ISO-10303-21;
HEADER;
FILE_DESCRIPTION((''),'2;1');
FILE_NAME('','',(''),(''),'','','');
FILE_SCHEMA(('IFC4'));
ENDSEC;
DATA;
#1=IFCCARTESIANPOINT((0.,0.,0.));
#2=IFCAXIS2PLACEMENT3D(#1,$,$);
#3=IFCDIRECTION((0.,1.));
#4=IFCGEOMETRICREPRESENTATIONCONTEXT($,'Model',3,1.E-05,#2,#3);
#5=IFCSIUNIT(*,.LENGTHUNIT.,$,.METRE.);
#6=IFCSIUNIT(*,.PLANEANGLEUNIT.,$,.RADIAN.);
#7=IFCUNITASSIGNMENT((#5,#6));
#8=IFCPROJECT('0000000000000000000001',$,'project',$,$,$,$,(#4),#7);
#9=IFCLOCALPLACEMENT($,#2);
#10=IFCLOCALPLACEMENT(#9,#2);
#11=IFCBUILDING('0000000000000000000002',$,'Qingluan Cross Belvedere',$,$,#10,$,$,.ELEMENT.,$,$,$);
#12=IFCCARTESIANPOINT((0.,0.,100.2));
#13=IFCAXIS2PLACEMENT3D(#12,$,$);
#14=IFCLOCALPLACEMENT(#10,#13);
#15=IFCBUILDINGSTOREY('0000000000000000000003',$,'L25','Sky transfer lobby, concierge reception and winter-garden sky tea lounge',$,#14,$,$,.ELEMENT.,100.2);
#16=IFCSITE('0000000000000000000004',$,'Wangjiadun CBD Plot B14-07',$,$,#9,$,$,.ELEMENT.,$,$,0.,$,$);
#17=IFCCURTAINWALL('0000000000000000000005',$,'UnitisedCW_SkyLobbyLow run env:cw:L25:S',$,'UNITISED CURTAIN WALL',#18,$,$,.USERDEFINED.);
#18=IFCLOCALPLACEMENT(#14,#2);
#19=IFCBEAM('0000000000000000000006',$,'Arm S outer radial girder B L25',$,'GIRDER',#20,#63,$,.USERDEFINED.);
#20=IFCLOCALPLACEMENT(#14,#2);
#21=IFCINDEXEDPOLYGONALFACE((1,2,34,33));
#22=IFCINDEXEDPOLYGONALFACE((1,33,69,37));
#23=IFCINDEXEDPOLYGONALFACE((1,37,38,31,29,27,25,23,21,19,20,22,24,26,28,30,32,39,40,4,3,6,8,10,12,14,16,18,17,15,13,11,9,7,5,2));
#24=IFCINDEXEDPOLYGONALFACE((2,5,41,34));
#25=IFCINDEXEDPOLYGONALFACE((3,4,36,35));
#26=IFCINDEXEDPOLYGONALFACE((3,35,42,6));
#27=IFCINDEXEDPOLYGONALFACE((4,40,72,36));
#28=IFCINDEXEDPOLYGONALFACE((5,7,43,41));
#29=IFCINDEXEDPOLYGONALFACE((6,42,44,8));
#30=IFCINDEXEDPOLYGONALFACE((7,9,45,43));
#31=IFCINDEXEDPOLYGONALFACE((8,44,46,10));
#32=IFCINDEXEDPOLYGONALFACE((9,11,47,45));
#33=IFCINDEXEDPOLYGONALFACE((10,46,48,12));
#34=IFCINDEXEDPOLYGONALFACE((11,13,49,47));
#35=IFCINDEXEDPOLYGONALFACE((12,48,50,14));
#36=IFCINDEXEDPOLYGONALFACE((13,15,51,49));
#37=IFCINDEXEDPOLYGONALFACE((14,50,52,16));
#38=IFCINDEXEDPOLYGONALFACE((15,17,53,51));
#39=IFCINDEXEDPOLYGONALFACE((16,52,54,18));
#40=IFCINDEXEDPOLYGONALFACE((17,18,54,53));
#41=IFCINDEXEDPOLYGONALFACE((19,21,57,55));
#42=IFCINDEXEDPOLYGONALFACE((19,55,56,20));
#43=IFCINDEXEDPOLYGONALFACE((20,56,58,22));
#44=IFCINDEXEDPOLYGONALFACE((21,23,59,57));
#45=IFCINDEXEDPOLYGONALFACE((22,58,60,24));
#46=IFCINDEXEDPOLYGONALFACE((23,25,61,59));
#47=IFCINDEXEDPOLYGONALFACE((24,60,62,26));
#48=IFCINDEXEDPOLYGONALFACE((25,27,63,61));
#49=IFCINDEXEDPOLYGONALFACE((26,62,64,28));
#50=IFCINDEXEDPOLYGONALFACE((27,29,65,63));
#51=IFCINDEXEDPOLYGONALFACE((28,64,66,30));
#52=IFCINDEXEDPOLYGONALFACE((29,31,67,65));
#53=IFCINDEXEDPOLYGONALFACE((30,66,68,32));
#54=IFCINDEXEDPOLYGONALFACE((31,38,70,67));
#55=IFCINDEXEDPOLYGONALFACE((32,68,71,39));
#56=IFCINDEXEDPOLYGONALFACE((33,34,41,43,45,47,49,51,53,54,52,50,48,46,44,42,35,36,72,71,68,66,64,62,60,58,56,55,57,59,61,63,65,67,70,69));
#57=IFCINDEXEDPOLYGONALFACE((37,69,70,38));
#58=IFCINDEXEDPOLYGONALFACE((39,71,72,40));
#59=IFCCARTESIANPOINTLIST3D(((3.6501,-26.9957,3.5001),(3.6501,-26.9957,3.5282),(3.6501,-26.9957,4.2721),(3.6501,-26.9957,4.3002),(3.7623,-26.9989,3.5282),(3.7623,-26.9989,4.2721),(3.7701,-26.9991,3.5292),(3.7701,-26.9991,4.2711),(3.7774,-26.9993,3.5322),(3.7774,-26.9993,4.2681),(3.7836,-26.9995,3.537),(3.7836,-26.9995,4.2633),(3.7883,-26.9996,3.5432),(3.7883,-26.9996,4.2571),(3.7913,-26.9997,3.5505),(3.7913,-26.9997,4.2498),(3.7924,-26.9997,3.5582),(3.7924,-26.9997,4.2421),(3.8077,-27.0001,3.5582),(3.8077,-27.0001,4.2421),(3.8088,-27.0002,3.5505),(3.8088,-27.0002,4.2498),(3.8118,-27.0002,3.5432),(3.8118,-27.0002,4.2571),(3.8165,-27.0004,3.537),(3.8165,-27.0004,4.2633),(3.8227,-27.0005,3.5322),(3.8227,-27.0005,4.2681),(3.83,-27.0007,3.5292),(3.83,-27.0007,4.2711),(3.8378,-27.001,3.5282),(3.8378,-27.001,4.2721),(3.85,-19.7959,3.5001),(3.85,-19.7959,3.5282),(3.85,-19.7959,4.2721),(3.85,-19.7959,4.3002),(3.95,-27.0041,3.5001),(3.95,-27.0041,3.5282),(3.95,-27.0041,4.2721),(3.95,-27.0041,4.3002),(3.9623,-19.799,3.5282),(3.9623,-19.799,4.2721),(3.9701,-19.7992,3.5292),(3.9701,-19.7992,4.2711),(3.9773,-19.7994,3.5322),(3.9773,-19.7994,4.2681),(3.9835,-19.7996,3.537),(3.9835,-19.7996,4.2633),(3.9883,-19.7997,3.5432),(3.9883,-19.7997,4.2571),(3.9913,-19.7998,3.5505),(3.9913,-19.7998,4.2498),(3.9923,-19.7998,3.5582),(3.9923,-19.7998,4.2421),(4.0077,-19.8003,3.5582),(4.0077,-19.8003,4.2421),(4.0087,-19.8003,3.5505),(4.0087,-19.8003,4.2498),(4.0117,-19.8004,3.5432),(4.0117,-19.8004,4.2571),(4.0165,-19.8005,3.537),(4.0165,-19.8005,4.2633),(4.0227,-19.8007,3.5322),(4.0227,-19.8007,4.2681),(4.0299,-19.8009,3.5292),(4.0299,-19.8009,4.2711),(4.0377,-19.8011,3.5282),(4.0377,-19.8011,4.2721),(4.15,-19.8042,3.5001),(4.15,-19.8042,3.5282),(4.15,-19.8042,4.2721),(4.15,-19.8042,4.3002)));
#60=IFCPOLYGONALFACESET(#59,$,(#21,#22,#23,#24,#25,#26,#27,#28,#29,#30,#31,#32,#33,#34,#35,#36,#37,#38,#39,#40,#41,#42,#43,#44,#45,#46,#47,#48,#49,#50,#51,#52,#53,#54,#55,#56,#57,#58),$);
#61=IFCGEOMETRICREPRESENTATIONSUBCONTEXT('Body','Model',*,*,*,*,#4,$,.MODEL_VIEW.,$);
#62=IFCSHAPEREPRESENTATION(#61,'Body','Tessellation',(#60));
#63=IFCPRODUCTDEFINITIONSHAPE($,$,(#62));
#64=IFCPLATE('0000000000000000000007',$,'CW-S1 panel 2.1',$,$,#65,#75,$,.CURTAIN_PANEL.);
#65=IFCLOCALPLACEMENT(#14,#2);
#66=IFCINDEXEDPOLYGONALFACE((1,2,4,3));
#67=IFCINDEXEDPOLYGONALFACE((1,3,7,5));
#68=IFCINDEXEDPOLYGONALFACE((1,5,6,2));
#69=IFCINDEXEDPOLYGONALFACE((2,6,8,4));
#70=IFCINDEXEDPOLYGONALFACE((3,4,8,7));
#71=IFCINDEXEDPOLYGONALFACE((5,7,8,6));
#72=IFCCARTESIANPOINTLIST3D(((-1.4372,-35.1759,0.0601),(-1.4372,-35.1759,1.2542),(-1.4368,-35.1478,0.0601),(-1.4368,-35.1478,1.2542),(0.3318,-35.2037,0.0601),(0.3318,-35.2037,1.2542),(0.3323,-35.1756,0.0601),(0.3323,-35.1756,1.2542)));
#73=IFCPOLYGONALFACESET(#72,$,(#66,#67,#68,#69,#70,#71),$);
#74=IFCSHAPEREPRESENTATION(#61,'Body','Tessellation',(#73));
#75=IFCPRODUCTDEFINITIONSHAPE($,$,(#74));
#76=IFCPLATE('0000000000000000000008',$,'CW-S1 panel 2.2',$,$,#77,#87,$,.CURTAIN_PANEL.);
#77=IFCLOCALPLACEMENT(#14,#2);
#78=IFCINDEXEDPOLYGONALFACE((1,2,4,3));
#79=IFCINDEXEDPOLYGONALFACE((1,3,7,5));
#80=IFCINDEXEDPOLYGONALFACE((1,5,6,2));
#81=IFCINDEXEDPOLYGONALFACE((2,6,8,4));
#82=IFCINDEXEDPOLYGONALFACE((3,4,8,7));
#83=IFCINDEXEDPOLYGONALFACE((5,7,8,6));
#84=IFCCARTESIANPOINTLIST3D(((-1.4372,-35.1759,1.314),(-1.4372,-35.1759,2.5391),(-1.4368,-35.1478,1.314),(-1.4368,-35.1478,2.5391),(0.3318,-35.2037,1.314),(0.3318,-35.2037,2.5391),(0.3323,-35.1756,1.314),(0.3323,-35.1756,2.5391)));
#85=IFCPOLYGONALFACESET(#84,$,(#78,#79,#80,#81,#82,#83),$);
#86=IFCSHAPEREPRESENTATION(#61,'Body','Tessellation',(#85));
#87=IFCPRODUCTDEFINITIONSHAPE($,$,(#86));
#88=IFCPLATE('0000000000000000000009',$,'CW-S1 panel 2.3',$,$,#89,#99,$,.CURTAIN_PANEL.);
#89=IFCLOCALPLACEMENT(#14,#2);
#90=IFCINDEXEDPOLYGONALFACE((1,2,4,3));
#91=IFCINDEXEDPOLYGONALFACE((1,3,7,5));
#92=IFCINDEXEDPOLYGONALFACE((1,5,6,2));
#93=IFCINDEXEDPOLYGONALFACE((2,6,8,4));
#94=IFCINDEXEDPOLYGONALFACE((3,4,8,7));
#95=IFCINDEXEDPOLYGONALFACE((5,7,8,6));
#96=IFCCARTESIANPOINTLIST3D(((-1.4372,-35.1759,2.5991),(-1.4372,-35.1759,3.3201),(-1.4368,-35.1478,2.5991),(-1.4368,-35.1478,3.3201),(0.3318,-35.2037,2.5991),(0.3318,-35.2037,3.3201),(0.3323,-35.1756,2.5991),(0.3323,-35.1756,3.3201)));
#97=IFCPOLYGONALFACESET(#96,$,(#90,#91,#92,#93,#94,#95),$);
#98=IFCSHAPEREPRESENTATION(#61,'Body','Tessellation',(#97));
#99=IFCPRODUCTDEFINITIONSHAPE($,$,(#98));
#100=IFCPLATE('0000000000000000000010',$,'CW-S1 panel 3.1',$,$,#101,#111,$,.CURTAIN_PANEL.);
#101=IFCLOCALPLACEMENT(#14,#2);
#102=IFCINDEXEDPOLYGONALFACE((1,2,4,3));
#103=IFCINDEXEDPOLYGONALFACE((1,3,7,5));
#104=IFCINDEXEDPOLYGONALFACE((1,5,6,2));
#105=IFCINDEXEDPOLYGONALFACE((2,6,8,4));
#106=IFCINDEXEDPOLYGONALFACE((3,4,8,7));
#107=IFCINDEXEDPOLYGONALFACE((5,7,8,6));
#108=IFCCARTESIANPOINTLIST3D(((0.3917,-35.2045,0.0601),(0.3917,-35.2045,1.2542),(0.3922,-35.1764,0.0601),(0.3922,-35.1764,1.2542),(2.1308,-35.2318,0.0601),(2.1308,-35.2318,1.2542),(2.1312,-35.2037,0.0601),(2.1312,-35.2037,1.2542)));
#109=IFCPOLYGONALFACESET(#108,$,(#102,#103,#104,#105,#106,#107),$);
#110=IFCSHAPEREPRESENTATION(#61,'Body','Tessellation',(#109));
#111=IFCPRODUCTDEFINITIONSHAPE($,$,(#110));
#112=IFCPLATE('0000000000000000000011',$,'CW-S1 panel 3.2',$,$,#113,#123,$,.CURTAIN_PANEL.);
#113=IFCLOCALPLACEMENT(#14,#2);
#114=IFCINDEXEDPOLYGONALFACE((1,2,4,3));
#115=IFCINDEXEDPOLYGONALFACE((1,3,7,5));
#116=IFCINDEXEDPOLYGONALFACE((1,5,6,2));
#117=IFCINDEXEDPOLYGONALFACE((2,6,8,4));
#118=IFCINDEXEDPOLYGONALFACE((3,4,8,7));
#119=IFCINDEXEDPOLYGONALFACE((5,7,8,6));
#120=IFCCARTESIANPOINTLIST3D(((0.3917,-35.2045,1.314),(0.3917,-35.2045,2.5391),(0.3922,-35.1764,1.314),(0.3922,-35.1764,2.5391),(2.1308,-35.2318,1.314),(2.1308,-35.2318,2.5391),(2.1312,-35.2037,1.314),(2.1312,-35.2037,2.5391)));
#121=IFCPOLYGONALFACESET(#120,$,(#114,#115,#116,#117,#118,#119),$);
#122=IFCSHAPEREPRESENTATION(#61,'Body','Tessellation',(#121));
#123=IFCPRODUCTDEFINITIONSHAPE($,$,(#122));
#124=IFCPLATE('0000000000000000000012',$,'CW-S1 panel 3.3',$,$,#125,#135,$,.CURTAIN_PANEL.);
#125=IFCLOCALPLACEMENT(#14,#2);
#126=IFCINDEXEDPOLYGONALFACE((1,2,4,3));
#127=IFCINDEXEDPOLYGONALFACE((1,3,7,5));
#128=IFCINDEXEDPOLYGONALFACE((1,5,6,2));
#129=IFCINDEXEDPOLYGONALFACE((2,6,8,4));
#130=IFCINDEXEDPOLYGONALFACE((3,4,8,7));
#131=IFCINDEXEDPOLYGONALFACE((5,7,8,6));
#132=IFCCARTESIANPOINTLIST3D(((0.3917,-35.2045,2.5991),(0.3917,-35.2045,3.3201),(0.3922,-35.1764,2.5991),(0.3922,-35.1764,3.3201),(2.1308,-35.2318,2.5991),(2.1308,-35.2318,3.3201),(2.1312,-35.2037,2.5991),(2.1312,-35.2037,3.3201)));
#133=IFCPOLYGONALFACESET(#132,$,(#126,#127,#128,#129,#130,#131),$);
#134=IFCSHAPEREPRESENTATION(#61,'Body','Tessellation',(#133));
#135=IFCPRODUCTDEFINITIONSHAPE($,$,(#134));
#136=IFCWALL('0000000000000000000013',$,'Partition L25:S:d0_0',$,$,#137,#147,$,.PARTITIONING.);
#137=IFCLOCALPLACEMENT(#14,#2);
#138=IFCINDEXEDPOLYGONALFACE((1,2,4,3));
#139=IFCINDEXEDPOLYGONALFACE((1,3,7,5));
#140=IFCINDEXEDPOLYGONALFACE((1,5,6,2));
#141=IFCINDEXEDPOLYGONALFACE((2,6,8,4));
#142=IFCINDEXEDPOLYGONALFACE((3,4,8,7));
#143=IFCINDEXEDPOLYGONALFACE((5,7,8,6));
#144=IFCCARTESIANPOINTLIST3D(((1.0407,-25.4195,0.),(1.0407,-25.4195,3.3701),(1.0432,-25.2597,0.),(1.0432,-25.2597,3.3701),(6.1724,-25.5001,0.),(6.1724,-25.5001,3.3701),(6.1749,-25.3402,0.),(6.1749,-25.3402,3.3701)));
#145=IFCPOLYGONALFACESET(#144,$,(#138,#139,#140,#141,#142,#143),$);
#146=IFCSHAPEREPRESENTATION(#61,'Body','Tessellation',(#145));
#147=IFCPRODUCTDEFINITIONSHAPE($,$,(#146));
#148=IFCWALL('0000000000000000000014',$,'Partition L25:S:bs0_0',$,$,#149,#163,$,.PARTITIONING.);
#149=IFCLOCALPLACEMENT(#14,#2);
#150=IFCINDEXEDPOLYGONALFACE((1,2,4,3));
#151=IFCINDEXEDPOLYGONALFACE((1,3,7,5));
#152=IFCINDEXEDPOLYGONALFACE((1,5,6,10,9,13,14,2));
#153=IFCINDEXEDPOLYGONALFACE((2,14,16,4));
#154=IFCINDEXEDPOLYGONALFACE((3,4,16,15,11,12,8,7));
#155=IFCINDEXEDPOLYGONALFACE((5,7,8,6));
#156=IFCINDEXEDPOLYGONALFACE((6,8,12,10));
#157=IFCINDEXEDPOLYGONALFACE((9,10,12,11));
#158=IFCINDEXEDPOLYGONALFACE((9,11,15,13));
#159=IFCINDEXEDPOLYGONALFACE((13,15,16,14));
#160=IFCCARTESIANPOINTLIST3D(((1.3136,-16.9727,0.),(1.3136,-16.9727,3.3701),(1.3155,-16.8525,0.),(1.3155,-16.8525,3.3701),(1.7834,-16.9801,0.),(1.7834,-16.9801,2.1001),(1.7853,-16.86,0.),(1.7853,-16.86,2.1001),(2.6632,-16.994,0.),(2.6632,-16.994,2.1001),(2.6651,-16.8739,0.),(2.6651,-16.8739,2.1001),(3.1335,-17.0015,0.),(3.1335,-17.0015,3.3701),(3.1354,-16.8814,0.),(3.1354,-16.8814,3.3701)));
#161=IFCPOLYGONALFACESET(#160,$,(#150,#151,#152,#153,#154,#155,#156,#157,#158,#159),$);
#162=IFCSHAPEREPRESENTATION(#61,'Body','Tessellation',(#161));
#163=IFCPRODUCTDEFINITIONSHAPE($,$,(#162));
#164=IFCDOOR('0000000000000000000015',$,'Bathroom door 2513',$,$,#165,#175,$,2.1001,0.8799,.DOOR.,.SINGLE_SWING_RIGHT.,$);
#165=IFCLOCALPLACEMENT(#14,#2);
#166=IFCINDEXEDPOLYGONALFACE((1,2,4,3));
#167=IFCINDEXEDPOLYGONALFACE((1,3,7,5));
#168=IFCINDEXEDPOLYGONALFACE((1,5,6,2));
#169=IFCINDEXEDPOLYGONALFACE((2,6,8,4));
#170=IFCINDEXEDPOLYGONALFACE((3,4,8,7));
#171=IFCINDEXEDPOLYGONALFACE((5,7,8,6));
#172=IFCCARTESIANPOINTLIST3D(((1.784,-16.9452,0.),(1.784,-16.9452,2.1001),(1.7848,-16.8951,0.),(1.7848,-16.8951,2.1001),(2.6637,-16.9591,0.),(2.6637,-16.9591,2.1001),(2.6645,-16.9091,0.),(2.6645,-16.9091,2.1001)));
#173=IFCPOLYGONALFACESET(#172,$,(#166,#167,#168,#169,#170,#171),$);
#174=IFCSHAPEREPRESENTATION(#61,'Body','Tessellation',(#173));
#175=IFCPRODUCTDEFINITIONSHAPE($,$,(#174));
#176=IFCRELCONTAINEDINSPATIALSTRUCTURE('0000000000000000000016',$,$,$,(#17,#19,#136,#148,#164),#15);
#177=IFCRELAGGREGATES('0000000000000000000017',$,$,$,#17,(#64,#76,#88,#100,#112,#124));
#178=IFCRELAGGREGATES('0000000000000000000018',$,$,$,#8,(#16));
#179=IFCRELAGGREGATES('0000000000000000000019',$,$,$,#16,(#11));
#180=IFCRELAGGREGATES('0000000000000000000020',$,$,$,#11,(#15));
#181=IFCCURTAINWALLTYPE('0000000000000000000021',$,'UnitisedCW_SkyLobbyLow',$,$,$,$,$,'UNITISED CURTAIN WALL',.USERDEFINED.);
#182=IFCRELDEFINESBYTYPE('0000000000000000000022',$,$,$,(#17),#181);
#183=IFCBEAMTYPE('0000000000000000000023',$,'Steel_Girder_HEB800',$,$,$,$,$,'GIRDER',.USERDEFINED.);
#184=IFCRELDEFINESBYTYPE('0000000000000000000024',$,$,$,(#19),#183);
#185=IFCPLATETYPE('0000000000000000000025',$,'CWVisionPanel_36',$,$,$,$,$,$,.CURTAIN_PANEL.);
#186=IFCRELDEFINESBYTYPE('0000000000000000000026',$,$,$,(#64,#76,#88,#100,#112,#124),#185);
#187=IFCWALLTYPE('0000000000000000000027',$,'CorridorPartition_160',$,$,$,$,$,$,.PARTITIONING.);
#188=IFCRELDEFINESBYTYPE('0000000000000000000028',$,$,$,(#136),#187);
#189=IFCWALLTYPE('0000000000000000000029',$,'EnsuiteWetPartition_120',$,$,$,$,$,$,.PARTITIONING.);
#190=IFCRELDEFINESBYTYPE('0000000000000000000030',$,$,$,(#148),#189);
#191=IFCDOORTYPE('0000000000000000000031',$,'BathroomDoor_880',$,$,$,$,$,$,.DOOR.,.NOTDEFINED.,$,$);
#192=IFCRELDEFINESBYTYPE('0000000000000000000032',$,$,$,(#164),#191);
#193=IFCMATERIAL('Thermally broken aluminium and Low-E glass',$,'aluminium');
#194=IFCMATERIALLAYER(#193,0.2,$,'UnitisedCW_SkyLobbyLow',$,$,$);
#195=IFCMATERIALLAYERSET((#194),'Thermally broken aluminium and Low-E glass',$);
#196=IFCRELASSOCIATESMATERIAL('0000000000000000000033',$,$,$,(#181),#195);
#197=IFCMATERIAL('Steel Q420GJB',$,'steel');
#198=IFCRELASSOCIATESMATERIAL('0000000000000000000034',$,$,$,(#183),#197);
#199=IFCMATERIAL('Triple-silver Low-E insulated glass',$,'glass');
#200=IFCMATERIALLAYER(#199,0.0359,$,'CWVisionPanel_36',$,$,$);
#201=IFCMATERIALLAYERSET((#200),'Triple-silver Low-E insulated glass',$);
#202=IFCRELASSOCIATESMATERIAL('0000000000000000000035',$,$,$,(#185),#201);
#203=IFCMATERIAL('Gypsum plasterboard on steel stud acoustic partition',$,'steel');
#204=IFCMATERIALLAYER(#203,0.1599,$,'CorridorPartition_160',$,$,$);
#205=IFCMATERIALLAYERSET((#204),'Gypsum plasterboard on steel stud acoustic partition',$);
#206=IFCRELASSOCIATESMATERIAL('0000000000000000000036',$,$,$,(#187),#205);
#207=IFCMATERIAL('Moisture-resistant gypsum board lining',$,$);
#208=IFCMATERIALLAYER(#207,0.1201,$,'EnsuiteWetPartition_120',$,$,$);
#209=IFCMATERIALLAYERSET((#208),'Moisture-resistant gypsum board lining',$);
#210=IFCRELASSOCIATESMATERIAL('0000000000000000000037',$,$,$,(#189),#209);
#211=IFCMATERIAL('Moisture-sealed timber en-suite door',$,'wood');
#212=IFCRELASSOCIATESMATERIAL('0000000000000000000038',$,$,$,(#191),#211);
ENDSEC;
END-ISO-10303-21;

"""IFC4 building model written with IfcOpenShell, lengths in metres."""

from ifc_helpers import new_model, si_unit, direction, frame, frame_2d, origin, origin_2d, place, context, subcontext, project, spatial, rectangle, i_section, extrude, material, layer, layer_set, material_profile, profile_set, type_object, element, fill, aggregate, save


model = new_model("IFC4")

# Units and contexts
model_context = context("Model", 3, precision=1e-05, world=origin(), true_north=direction((0.0, 1.0)))
body_context = subcontext(model_context, "Body", "Model", "MODEL_VIEW")
ifc_project = project(units=[si_unit("LENGTHUNIT", "METRE"), si_unit("PLANEANGLEUNIT", "RADIAN")], contexts=[model_context])

# Site, building, storey
site_placement = place(None, origin())
site = spatial("IfcSite", under=ifc_project, at=site_placement, Name="Wangjiadun CBD Plot B14-07", CompositionType="ELEMENT", RefElevation=0.0)
building_placement = place(site_placement, origin())
building = spatial("IfcBuilding", under=site, at=building_placement, Name="Qingluan Cross Belvedere", CompositionType="ELEMENT")
storey_placement = place(building_placement, frame((0.0, 0.0, 100.2)))
storey = spatial("IfcBuildingStorey", under=building, at=storey_placement, Name="L25", Description="Sky transfer lobby, concierge reception and winter-garden sky tea lounge", CompositionType="ELEMENT", Elevation=100.2)

# Curtain wall
ifc_material_1 = material(Name="Thermally broken aluminium and Low-E glass", Category="aluminium")
ifc_layer_1 = layer(ifc_material_1, 0.2, Name="UnitisedCW_SkyLobbyLow")
ifc_layer_set_1 = layer_set([ifc_layer_1], Name="Thermally broken aluminium and Low-E glass")
curtain_wall_type = type_object("IfcCurtainWallType", Name="UnitisedCW_SkyLobbyLow", ElementType="UNITISED CURTAIN WALL", PredefinedType="USERDEFINED", material=ifc_layer_set_1)
curtain_wall_placement = place(storey_placement, origin())
curtain_wall = element("IfcCurtainWall", 1, at=curtain_wall_placement, inside=storey, type_object=curtain_wall_type, Name="UnitisedCW_SkyLobbyLow run env:cw:L25:S", ObjectType="UNITISED CURTAIN WALL", PredefinedType="USERDEFINED")

# Beam
ifc_material_2 = material(Name="Steel Q420GJB", Category="steel")
ifc_material_profile_1 = material_profile(ifc_material_2, i_section(OverallWidth=0.3, OverallDepth=0.8, WebThickness=0.0154, FlangeThickness=0.0281, FilletRadius=0.03, at=origin_2d()), Name="HEB800")
ifc_profile_set_1 = profile_set([ifc_material_profile_1], Name="Steel Q420GJB")
beam_type_1 = type_object("IfcBeamType", Name="Steel_Girder_HEB800", ElementType="GIRDER", PredefinedType="USERDEFINED", material=ifc_profile_set_1)
beam_1_placement = place(storey_placement, frame((4.0, -19.8, 3.9001), z_axis=(-0.02776, -0.999615, 0.0), x_axis=(0.999615, -0.02776, 0.0)))
element("IfcBeam", 2, at=beam_1_placement, inside=storey, type_object=beam_type_1, Name="Arm S outer radial girder B L25", ObjectType="GIRDER", PredefinedType="USERDEFINED", context=body_context, shape_type="SweptSolid", body=[
    extrude(i_section(OverallWidth=0.3, OverallDepth=0.8, WebThickness=0.0154, FlangeThickness=0.0281, FilletRadius=0.03, at=origin_2d()), origin(), (0.0, 0.0, 1.0), 7.2026),
])

# Plates
ifc_material_3 = material(Name="Triple-silver Low-E insulated glass", Category="glass")
ifc_layer_2 = layer(ifc_material_3, 0.0359, Name="CWVisionPanel_36")
ifc_layer_set_2 = layer_set([ifc_layer_2], Name="Triple-silver Low-E insulated glass")
plate_type = type_object("IfcPlateType", Name="CWVisionPanel_36", PredefinedType="CURTAIN_PANEL", material=ifc_layer_set_2)
plate_1_placement = place(storey_placement, frame((-0.5525, -35.1758, 0.0601), z_axis=(0.0, 0.0, 1.0), x_axis=(0.999877, -0.015707, 0.0)))
plate_1 = element("IfcPlate", 3, at=plate_1_placement, type_object=plate_type, Name="CW-S1 panel 2.1", PredefinedType="CURTAIN_PANEL", context=body_context, shape_type="SweptSolid", body=[
    extrude(rectangle(XDim=1.7693, YDim=0.0281, at=origin_2d()), origin(), (0.0, 0.0, 1.0), 1.1941),
])
plate_2_placement = place(storey_placement, frame((-0.5525, -35.1758, 1.314), z_axis=(0.0, 0.0, 1.0), x_axis=(0.999877, -0.015707, 0.0)))
plate_2 = element("IfcPlate", 4, at=plate_2_placement, type_object=plate_type, Name="CW-S1 panel 2.2", PredefinedType="CURTAIN_PANEL", context=body_context, shape_type="SweptSolid", body=[
    extrude(rectangle(XDim=1.7693, YDim=0.0281, at=origin_2d()), origin(), (0.0, 0.0, 1.0), 1.2251),
])
plate_3_placement = place(storey_placement, frame((-0.5525, -35.1758, 2.5991), z_axis=(0.0, 0.0, 1.0), x_axis=(0.999877, -0.015707, 0.0)))
plate_3 = element("IfcPlate", 5, at=plate_3_placement, type_object=plate_type, Name="CW-S1 panel 2.3", PredefinedType="CURTAIN_PANEL", context=body_context, shape_type="SweptSolid", body=[
    extrude(rectangle(XDim=1.7693, YDim=0.0281, at=origin_2d()), origin(), (0.0, 0.0, 1.0), 0.7209),
])
plate_4_placement = place(storey_placement, frame((1.2615, -35.2041, 0.0601), z_axis=(0.0, 0.0, 1.0), x_axis=(0.999877, -0.015707, 0.0)))
plate_4 = element("IfcPlate", 6, at=plate_4_placement, type_object=plate_type, Name="CW-S1 panel 3.1", PredefinedType="CURTAIN_PANEL", context=body_context, shape_type="SweptSolid", body=[
    extrude(rectangle(XDim=1.7393, YDim=0.0281, at=origin_2d()), origin(), (0.0, 0.0, 1.0), 1.1941),
])
plate_5_placement = place(storey_placement, frame((1.2615, -35.2041, 1.314), z_axis=(0.0, 0.0, 1.0), x_axis=(0.999877, -0.015707, 0.0)))
plate_5 = element("IfcPlate", 7, at=plate_5_placement, type_object=plate_type, Name="CW-S1 panel 3.2", PredefinedType="CURTAIN_PANEL", context=body_context, shape_type="SweptSolid", body=[
    extrude(rectangle(XDim=1.7393, YDim=0.0281, at=origin_2d()), origin(), (0.0, 0.0, 1.0), 1.2251),
])
plate_6_placement = place(storey_placement, frame((1.2615, -35.2041, 2.5991), z_axis=(0.0, 0.0, 1.0), x_axis=(0.999877, -0.015707, 0.0)))
plate_6 = element("IfcPlate", 8, at=plate_6_placement, type_object=plate_type, Name="CW-S1 panel 3.3", PredefinedType="CURTAIN_PANEL", context=body_context, shape_type="SweptSolid", body=[
    extrude(rectangle(XDim=1.7393, YDim=0.0281, at=origin_2d()), origin(), (0.0, 0.0, 1.0), 0.7209),
])
aggregate(curtain_wall, [plate_1, plate_2, plate_3, plate_4, plate_5, plate_6])

# Wall
ifc_material_4 = material(Name="Gypsum plasterboard on steel stud acoustic partition", Category="steel")
ifc_layer_3 = layer(ifc_material_4, 0.1599, Name="CorridorPartition_160")
ifc_layer_set_3 = layer_set([ifc_layer_3], Name="Gypsum plasterboard on steel stud acoustic partition")
wall_type_1 = type_object("IfcWallType", Name="CorridorPartition_160", PredefinedType="PARTITIONING", material=ifc_layer_set_3)
wall_1_placement = place(storey_placement, frame((1.042, -25.3396, 0.0), z_axis=(0.0, 0.0, 1.0), x_axis=(0.999877, -0.015698, 0.0)))
element("IfcWall", 9, at=wall_1_placement, inside=storey, type_object=wall_type_1, Name="Partition L25:S:d0_0", PredefinedType="PARTITIONING", context=body_context, shape_type="SweptSolid", body=[
    extrude(rectangle(XDim=5.1323, YDim=0.1599, at=frame_2d((2.5662, 0.0))), origin(), (0.0, 0.0, 1.0), 3.3701),
])

# Wall, opening, door
ifc_material_5 = material(Name="Moisture-resistant gypsum board lining")
ifc_layer_4 = layer(ifc_material_5, 0.1201, Name="EnsuiteWetPartition_120")
ifc_layer_set_4 = layer_set([ifc_layer_4], Name="Moisture-resistant gypsum board lining")
wall_type_2 = type_object("IfcWallType", Name="EnsuiteWetPartition_120", PredefinedType="PARTITIONING", material=ifc_layer_set_4)
wall_2_placement = place(storey_placement, frame((1.3145, -16.9126, 0.0), z_axis=(0.0, 0.0, 1.0), x_axis=(0.999875, -0.015828, 0.0)))
wall_2 = element("IfcWall", 10, at=wall_2_placement, inside=storey, type_object=wall_type_2, Name="Partition L25:S:bs0_0", PredefinedType="PARTITIONING", context=body_context, shape_type="SweptSolid", body=[
    extrude(rectangle(XDim=1.8201, YDim=0.1201, at=frame_2d((0.9102, 0.0))), origin(), (0.0, 0.0, 1.0), 3.3701),
])
opening_1_placement = place(wall_2_placement, frame((0.47, 0.0, 0.0)))
opening_1 = element("IfcOpeningElement", 11, at=opening_1_placement, cuts=wall_2, PredefinedType="OPENING", context=body_context, shape_type="SweptSolid", body=[
    extrude(rectangle(XDim=0.8799, YDim=2.1001, at=frame_2d((0.4399, 1.05))), frame((0.0, 0.0701, 0.0), z_axis=(0.0, -1.0, 0.0), x_axis=(1.0, 0.0, 0.0)), (0.0, 0.0, 1.0), 0.1401),
])
ifc_material_6 = material(Name="Moisture-sealed timber en-suite door", Category="wood")
door_type = type_object("IfcDoorType", Name="BathroomDoor_880", OperationType="NOTDEFINED", PredefinedType="DOOR", material=ifc_material_6)
door_1_placement = place(opening_1_placement, origin())
door_1 = element("IfcDoor", 12, at=door_1_placement, inside=storey, type_object=door_type, Name="Bathroom door 2513", OperationType="SINGLE_SWING_RIGHT", OverallHeight=2.1001, OverallWidth=0.8799, PredefinedType="DOOR", context=body_context, shape_type="SweptSolid", body=[
    extrude(rectangle(XDim=0.8799, YDim=2.1001, at=frame_2d((0.4399, 1.05))), frame((0.0, 0.0249, 0.0), z_axis=(0.0, -1.0, 0.0), x_axis=(1.0, 0.0, 0.0)), (0.0, 0.0, 1.0), 0.05),
])
fill(opening_1, door_1)

save(model, "model.ifc")
